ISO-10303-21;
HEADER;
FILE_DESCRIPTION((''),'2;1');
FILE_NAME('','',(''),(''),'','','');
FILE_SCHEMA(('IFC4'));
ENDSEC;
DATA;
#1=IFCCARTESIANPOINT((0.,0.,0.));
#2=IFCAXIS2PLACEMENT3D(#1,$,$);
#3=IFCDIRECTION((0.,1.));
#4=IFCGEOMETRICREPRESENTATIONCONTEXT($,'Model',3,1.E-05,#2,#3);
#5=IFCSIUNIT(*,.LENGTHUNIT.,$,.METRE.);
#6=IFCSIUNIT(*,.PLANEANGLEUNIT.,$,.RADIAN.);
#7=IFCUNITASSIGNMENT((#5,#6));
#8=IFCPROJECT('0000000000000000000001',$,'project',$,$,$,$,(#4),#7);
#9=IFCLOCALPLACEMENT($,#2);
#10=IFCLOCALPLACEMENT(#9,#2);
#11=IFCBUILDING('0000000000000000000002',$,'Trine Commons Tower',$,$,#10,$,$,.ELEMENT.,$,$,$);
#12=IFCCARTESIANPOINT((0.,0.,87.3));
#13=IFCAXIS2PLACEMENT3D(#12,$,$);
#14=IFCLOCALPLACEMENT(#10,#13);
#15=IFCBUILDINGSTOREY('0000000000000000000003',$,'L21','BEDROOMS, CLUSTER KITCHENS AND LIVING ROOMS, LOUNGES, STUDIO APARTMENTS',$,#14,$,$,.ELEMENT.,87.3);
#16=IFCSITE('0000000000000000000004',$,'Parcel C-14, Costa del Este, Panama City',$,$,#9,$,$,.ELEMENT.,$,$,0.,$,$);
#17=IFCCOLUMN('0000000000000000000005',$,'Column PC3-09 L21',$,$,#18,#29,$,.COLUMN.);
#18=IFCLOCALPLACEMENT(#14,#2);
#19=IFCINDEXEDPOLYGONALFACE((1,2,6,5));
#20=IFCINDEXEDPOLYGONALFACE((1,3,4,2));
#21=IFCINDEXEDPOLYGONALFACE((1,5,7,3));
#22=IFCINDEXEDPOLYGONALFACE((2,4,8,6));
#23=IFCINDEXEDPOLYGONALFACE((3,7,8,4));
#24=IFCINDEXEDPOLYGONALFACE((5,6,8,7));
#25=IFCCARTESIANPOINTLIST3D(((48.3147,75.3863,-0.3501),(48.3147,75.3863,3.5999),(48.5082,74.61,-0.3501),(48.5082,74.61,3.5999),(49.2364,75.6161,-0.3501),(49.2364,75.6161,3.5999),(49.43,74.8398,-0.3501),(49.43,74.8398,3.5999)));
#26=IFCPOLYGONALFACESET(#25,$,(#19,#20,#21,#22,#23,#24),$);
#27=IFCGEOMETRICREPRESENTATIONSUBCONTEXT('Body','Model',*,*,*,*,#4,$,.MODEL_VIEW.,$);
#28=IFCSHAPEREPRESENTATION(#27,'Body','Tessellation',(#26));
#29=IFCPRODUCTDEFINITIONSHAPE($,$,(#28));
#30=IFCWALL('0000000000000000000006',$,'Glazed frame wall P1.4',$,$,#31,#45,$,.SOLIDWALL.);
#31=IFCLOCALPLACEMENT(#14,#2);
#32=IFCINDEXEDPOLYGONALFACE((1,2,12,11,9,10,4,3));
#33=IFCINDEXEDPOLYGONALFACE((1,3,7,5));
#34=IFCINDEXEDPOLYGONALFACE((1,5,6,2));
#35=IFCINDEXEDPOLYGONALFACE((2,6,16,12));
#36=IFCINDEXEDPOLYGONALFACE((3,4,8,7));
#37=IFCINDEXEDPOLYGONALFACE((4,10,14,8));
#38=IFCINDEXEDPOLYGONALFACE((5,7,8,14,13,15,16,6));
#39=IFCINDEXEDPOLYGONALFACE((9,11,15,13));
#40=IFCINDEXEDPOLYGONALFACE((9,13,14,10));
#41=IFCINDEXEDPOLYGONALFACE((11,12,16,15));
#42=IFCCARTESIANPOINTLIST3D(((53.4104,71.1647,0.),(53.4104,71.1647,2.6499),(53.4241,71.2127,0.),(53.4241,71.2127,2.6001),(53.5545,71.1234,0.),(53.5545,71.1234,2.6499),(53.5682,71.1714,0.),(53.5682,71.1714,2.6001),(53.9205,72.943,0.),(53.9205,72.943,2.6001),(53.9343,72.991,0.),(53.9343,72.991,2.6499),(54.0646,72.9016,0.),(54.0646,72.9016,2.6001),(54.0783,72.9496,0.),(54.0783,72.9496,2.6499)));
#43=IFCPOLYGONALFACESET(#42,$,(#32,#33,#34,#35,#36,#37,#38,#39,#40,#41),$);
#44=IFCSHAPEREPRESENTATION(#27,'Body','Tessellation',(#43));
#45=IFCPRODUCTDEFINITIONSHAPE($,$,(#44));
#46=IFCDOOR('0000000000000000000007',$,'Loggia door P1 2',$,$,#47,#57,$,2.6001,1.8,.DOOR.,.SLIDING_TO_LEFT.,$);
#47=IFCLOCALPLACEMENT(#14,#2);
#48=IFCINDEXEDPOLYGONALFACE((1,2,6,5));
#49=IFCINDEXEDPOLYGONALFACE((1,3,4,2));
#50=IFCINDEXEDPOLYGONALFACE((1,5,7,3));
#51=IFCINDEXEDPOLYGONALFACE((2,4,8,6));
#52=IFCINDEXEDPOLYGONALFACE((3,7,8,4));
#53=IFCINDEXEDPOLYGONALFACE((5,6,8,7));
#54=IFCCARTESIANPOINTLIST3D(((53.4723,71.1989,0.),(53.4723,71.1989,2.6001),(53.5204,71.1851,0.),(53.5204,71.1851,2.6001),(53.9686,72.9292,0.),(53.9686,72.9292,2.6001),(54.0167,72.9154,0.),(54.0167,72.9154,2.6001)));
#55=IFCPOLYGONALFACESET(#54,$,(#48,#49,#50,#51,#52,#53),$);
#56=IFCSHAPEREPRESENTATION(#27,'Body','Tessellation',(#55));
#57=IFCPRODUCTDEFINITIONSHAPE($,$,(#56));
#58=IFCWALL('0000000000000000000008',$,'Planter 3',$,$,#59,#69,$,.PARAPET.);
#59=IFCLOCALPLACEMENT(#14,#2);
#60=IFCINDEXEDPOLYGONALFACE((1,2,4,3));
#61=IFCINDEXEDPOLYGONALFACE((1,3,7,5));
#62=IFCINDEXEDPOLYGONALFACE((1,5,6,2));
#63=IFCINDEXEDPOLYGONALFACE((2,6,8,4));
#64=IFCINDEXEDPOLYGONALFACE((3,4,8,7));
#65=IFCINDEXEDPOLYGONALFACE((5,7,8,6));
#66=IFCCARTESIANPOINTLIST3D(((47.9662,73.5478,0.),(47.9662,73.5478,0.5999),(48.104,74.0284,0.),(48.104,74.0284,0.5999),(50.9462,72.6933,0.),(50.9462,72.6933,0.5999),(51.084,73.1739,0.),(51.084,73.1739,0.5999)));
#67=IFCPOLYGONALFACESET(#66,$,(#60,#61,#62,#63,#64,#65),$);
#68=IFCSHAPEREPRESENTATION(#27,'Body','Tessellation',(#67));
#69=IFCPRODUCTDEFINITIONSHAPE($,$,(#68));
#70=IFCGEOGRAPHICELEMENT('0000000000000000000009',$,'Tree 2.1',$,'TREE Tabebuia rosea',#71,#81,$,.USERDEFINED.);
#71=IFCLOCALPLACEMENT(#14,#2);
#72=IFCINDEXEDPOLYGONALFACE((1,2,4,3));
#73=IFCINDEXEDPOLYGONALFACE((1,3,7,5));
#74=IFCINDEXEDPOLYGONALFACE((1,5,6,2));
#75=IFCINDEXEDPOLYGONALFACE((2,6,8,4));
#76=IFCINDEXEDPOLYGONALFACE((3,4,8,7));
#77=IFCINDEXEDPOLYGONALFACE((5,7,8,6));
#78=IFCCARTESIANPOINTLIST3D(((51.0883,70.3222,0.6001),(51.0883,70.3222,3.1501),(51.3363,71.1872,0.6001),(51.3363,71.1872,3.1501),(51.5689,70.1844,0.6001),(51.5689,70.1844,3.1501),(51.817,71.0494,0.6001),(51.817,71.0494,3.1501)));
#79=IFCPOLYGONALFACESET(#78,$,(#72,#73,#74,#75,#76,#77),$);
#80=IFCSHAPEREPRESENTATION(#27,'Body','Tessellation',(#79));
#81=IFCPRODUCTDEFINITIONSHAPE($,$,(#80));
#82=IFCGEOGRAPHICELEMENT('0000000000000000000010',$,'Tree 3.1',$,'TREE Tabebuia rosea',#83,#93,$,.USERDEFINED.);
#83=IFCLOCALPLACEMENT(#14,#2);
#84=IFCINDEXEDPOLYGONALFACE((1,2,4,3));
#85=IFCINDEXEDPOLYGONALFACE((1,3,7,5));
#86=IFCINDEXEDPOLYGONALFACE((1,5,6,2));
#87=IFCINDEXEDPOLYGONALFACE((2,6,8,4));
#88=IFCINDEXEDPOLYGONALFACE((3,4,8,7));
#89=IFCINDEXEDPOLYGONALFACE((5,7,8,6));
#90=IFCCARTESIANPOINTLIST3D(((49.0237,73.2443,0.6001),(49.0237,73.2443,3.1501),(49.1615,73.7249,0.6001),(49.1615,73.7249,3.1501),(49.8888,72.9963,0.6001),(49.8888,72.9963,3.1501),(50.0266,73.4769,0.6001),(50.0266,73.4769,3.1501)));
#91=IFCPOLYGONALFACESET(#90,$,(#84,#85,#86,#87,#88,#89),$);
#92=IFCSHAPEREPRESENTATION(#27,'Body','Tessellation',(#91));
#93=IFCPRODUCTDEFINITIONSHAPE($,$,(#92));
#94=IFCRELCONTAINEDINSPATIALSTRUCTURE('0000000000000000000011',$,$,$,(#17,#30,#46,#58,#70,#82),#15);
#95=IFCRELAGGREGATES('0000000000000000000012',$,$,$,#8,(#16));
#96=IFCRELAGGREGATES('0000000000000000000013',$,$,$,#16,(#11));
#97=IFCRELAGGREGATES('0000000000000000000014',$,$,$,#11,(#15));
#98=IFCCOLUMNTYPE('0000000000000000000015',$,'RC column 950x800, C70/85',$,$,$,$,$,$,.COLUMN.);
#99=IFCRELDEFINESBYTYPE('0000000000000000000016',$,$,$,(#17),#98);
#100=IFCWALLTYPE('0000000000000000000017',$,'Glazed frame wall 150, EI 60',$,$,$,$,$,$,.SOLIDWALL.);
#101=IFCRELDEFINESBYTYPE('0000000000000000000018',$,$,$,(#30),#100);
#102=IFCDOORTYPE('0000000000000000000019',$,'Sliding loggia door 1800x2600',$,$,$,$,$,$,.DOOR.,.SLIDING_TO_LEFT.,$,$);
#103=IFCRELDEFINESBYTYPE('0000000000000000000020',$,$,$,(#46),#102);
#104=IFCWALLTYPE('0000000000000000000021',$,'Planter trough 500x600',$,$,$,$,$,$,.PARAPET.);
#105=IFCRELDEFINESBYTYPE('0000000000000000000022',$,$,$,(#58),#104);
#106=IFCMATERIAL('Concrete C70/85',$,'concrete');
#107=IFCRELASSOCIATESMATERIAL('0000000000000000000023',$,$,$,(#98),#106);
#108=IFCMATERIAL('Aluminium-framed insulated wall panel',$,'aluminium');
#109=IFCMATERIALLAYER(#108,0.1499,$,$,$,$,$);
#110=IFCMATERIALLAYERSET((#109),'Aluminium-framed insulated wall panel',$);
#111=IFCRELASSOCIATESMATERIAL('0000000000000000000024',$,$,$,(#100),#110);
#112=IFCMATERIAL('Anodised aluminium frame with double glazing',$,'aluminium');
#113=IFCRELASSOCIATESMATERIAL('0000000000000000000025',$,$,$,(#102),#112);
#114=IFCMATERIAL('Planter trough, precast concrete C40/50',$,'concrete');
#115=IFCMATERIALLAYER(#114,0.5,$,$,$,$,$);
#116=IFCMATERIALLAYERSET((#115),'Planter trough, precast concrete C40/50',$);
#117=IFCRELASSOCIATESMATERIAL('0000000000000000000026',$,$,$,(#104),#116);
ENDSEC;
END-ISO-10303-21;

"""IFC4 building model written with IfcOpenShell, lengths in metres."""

from ifc_helpers import new_model, si_unit, direction, frame, frame_2d, origin, origin_2d, place, context, subcontext, project, spatial, polyline, rectangle, outline, extrude, material, layer, layer_set, material_profile, profile_set, type_object, element, fill, save


model = new_model("IFC4")

# Units and contexts
model_context = context("Model", 3, precision=1e-05, world=origin(), true_north=direction((0.0, 1.0)))
body_context = subcontext(model_context, "Body", "Model", "MODEL_VIEW")
ifc_project = project(units=[si_unit("LENGTHUNIT", "METRE"), si_unit("PLANEANGLEUNIT", "RADIAN")], contexts=[model_context])

# Site, building, storey
site_placement = place(None, origin())
site = spatial("IfcSite", under=ifc_project, at=site_placement, Name="Parcel C-14, Costa del Este, Panama City", CompositionType="ELEMENT", RefElevation=0.0)
building_placement = place(site_placement, origin())
building = spatial("IfcBuilding", under=site, at=building_placement, Name="Trine Commons Tower", CompositionType="ELEMENT")
storey_placement = place(building_placement, frame((0.0, 0.0, 87.3)))
storey = spatial("IfcBuildingStorey", under=building, at=storey_placement, Name="L21", Description="BEDROOMS, CLUSTER KITCHENS AND LIVING ROOMS, LOUNGES, STUDIO APARTMENTS", CompositionType="ELEMENT", Elevation=87.3)

# Column
ifc_material_1 = material(Name="Concrete C70/85", Category="concrete")
ifc_material_profile = material_profile(ifc_material_1, rectangle(XDim=0.95, YDim=0.8, at=origin_2d()), Name="RC 950x800")
ifc_profile_set = profile_set([ifc_material_profile], Name="Concrete C70/85")
column_type = type_object("IfcColumnType", Name="RC column 950x800, C70/85", PredefinedType="COLUMN", material=ifc_profile_set)
column_placement = place(storey_placement, frame((48.8723, 75.113, -0.3501), z_axis=(0.0, 0.0, 1.0), x_axis=(0.970296, 0.241922, 0.0)))
element("IfcColumn", 1, at=column_placement, inside=storey, type_object=column_type, Name="Column PC3-09 L21", PredefinedType="COLUMN", context=body_context, shape_type="SweptSolid", body=[
    extrude(rectangle(XDim=0.95, YDim=0.8, at=origin_2d()), origin(), (0.0, 0.0, 1.0), 3.95),
])

# Wall, opening, door
ifc_material_2 = material(Name="Aluminium-framed insulated wall panel", Category="aluminium")
ifc_layer_1 = layer(ifc_material_2, 0.1499)
ifc_layer_set_1 = layer_set([ifc_layer_1], Name="Aluminium-framed insulated wall panel")
wall_type_1 = type_object("IfcWallType", Name="Glazed frame wall 150, EI 60", PredefinedType="SOLIDWALL", material=ifc_layer_set_1)
wall_1_placement = place(storey_placement, frame((53.4824, 71.144, 0.0), z_axis=(0.0, 0.0, 1.0), x_axis=(0.275739, 0.961232, 0.0)))
wall_1 = element("IfcWall", 2, at=wall_1_placement, inside=storey, type_object=wall_type_1, Name="Glazed frame wall P1.4", PredefinedType="SOLIDWALL", context=body_context, shape_type="SweptSolid", body=[
    extrude(outline(polyline([(0.0, -0.075), (1.8999, -0.075), (1.8999, 0.075), (0.0, 0.075), (0.0, -0.075)])), origin(), (0.0, 0.0, 1.0), 2.6499),
])
opening_1_placement = place(wall_1_placement, frame((0.05, 0.0, 0.0)))
opening_1 = element("IfcOpeningElement", 3, at=opening_1_placement, cuts=wall_1, PredefinedType="OPENING", context=body_context, shape_type="SweptSolid", body=[
    extrude(rectangle(XDim=1.8, YDim=2.6001, at=frame_2d((0.8999, 1.3))), frame((0.0, 0.085, 0.0), z_axis=(0.0, -1.0, 0.0), x_axis=(1.0, 0.0, 0.0)), (0.0, 0.0, 1.0), 0.1699),
])
ifc_material_3 = material(Name="Anodised aluminium frame with double glazing", Category="aluminium")
door_type = type_object("IfcDoorType", Name="Sliding loggia door 1800x2600", OperationType="SLIDING_TO_LEFT", PredefinedType="DOOR", material=ifc_material_3)
door_1_placement = place(opening_1_placement, origin())
door_1 = element("IfcDoor", 4, at=door_1_placement, inside=storey, type_object=door_type, Name="Loggia door P1 2", OperationType="SLIDING_TO_LEFT", OverallHeight=2.6001, OverallWidth=1.8, PredefinedType="DOOR", context=body_context, shape_type="SweptSolid", body=[
    extrude(rectangle(XDim=1.8, YDim=2.6001, at=frame_2d((0.8999, 1.3))), frame((0.0, 0.0249, 0.0), z_axis=(0.0, -1.0, 0.0), x_axis=(1.0, 0.0, 0.0)), (0.0, 0.0, 1.0), 0.05),
])
fill(opening_1, door_1)

# Wall
ifc_material_4 = material(Name="Planter trough, precast concrete C40/50", Category="concrete")
ifc_layer_2 = layer(ifc_material_4, 0.5)
ifc_layer_set_2 = layer_set([ifc_layer_2], Name="Planter trough, precast concrete C40/50")
wall_type_2 = type_object("IfcWallType", Name="Planter trough 500x600", PredefinedType="PARAPET", material=ifc_layer_set_2)
wall_2_placement = place(storey_placement, frame((51.0151, 72.9336, 0.0), z_axis=(0.0, 0.0, 1.0), x_axis=(-0.961262, 0.275636, 0.0)))
element("IfcWall", 5, at=wall_2_placement, inside=storey, type_object=wall_type_2, Name="Planter 3", PredefinedType="PARAPET", context=body_context, shape_type="SweptSolid", body=[
    extrude(rectangle(XDim=3.1001, YDim=0.5, at=frame_2d((1.55, 0.0))), origin(), (0.0, 0.0, 1.0), 0.5999),
])

# Geographic elements
for number, where, z_axis, x_axis, name in (
    (6, (51.4526, 70.6858, 0.6001), (0.0, 0.0, 1.0), (0.275646, 0.961259, 0.0), "Tree 2.1"),
    (7, (49.5251, 73.3606, 0.6001), (0.0, 0.0, 1.0), (-0.961263, 0.275634, 0.0), "Tree 3.1"),
):
    element("IfcGeographicElement", number, at=place(storey_placement, frame(where, z_axis=z_axis, x_axis=x_axis)), inside=storey, Name=name, ObjectType="TREE Tabebuia rosea", PredefinedType="USERDEFINED", context=body_context, shape_type="SweptSolid", body=[
        extrude(rectangle(XDim=0.8999, YDim=0.5, at=origin_2d()), origin(), (0.0, 0.0, 1.0), 2.55),
    ])

save(model, "model.ifc")
